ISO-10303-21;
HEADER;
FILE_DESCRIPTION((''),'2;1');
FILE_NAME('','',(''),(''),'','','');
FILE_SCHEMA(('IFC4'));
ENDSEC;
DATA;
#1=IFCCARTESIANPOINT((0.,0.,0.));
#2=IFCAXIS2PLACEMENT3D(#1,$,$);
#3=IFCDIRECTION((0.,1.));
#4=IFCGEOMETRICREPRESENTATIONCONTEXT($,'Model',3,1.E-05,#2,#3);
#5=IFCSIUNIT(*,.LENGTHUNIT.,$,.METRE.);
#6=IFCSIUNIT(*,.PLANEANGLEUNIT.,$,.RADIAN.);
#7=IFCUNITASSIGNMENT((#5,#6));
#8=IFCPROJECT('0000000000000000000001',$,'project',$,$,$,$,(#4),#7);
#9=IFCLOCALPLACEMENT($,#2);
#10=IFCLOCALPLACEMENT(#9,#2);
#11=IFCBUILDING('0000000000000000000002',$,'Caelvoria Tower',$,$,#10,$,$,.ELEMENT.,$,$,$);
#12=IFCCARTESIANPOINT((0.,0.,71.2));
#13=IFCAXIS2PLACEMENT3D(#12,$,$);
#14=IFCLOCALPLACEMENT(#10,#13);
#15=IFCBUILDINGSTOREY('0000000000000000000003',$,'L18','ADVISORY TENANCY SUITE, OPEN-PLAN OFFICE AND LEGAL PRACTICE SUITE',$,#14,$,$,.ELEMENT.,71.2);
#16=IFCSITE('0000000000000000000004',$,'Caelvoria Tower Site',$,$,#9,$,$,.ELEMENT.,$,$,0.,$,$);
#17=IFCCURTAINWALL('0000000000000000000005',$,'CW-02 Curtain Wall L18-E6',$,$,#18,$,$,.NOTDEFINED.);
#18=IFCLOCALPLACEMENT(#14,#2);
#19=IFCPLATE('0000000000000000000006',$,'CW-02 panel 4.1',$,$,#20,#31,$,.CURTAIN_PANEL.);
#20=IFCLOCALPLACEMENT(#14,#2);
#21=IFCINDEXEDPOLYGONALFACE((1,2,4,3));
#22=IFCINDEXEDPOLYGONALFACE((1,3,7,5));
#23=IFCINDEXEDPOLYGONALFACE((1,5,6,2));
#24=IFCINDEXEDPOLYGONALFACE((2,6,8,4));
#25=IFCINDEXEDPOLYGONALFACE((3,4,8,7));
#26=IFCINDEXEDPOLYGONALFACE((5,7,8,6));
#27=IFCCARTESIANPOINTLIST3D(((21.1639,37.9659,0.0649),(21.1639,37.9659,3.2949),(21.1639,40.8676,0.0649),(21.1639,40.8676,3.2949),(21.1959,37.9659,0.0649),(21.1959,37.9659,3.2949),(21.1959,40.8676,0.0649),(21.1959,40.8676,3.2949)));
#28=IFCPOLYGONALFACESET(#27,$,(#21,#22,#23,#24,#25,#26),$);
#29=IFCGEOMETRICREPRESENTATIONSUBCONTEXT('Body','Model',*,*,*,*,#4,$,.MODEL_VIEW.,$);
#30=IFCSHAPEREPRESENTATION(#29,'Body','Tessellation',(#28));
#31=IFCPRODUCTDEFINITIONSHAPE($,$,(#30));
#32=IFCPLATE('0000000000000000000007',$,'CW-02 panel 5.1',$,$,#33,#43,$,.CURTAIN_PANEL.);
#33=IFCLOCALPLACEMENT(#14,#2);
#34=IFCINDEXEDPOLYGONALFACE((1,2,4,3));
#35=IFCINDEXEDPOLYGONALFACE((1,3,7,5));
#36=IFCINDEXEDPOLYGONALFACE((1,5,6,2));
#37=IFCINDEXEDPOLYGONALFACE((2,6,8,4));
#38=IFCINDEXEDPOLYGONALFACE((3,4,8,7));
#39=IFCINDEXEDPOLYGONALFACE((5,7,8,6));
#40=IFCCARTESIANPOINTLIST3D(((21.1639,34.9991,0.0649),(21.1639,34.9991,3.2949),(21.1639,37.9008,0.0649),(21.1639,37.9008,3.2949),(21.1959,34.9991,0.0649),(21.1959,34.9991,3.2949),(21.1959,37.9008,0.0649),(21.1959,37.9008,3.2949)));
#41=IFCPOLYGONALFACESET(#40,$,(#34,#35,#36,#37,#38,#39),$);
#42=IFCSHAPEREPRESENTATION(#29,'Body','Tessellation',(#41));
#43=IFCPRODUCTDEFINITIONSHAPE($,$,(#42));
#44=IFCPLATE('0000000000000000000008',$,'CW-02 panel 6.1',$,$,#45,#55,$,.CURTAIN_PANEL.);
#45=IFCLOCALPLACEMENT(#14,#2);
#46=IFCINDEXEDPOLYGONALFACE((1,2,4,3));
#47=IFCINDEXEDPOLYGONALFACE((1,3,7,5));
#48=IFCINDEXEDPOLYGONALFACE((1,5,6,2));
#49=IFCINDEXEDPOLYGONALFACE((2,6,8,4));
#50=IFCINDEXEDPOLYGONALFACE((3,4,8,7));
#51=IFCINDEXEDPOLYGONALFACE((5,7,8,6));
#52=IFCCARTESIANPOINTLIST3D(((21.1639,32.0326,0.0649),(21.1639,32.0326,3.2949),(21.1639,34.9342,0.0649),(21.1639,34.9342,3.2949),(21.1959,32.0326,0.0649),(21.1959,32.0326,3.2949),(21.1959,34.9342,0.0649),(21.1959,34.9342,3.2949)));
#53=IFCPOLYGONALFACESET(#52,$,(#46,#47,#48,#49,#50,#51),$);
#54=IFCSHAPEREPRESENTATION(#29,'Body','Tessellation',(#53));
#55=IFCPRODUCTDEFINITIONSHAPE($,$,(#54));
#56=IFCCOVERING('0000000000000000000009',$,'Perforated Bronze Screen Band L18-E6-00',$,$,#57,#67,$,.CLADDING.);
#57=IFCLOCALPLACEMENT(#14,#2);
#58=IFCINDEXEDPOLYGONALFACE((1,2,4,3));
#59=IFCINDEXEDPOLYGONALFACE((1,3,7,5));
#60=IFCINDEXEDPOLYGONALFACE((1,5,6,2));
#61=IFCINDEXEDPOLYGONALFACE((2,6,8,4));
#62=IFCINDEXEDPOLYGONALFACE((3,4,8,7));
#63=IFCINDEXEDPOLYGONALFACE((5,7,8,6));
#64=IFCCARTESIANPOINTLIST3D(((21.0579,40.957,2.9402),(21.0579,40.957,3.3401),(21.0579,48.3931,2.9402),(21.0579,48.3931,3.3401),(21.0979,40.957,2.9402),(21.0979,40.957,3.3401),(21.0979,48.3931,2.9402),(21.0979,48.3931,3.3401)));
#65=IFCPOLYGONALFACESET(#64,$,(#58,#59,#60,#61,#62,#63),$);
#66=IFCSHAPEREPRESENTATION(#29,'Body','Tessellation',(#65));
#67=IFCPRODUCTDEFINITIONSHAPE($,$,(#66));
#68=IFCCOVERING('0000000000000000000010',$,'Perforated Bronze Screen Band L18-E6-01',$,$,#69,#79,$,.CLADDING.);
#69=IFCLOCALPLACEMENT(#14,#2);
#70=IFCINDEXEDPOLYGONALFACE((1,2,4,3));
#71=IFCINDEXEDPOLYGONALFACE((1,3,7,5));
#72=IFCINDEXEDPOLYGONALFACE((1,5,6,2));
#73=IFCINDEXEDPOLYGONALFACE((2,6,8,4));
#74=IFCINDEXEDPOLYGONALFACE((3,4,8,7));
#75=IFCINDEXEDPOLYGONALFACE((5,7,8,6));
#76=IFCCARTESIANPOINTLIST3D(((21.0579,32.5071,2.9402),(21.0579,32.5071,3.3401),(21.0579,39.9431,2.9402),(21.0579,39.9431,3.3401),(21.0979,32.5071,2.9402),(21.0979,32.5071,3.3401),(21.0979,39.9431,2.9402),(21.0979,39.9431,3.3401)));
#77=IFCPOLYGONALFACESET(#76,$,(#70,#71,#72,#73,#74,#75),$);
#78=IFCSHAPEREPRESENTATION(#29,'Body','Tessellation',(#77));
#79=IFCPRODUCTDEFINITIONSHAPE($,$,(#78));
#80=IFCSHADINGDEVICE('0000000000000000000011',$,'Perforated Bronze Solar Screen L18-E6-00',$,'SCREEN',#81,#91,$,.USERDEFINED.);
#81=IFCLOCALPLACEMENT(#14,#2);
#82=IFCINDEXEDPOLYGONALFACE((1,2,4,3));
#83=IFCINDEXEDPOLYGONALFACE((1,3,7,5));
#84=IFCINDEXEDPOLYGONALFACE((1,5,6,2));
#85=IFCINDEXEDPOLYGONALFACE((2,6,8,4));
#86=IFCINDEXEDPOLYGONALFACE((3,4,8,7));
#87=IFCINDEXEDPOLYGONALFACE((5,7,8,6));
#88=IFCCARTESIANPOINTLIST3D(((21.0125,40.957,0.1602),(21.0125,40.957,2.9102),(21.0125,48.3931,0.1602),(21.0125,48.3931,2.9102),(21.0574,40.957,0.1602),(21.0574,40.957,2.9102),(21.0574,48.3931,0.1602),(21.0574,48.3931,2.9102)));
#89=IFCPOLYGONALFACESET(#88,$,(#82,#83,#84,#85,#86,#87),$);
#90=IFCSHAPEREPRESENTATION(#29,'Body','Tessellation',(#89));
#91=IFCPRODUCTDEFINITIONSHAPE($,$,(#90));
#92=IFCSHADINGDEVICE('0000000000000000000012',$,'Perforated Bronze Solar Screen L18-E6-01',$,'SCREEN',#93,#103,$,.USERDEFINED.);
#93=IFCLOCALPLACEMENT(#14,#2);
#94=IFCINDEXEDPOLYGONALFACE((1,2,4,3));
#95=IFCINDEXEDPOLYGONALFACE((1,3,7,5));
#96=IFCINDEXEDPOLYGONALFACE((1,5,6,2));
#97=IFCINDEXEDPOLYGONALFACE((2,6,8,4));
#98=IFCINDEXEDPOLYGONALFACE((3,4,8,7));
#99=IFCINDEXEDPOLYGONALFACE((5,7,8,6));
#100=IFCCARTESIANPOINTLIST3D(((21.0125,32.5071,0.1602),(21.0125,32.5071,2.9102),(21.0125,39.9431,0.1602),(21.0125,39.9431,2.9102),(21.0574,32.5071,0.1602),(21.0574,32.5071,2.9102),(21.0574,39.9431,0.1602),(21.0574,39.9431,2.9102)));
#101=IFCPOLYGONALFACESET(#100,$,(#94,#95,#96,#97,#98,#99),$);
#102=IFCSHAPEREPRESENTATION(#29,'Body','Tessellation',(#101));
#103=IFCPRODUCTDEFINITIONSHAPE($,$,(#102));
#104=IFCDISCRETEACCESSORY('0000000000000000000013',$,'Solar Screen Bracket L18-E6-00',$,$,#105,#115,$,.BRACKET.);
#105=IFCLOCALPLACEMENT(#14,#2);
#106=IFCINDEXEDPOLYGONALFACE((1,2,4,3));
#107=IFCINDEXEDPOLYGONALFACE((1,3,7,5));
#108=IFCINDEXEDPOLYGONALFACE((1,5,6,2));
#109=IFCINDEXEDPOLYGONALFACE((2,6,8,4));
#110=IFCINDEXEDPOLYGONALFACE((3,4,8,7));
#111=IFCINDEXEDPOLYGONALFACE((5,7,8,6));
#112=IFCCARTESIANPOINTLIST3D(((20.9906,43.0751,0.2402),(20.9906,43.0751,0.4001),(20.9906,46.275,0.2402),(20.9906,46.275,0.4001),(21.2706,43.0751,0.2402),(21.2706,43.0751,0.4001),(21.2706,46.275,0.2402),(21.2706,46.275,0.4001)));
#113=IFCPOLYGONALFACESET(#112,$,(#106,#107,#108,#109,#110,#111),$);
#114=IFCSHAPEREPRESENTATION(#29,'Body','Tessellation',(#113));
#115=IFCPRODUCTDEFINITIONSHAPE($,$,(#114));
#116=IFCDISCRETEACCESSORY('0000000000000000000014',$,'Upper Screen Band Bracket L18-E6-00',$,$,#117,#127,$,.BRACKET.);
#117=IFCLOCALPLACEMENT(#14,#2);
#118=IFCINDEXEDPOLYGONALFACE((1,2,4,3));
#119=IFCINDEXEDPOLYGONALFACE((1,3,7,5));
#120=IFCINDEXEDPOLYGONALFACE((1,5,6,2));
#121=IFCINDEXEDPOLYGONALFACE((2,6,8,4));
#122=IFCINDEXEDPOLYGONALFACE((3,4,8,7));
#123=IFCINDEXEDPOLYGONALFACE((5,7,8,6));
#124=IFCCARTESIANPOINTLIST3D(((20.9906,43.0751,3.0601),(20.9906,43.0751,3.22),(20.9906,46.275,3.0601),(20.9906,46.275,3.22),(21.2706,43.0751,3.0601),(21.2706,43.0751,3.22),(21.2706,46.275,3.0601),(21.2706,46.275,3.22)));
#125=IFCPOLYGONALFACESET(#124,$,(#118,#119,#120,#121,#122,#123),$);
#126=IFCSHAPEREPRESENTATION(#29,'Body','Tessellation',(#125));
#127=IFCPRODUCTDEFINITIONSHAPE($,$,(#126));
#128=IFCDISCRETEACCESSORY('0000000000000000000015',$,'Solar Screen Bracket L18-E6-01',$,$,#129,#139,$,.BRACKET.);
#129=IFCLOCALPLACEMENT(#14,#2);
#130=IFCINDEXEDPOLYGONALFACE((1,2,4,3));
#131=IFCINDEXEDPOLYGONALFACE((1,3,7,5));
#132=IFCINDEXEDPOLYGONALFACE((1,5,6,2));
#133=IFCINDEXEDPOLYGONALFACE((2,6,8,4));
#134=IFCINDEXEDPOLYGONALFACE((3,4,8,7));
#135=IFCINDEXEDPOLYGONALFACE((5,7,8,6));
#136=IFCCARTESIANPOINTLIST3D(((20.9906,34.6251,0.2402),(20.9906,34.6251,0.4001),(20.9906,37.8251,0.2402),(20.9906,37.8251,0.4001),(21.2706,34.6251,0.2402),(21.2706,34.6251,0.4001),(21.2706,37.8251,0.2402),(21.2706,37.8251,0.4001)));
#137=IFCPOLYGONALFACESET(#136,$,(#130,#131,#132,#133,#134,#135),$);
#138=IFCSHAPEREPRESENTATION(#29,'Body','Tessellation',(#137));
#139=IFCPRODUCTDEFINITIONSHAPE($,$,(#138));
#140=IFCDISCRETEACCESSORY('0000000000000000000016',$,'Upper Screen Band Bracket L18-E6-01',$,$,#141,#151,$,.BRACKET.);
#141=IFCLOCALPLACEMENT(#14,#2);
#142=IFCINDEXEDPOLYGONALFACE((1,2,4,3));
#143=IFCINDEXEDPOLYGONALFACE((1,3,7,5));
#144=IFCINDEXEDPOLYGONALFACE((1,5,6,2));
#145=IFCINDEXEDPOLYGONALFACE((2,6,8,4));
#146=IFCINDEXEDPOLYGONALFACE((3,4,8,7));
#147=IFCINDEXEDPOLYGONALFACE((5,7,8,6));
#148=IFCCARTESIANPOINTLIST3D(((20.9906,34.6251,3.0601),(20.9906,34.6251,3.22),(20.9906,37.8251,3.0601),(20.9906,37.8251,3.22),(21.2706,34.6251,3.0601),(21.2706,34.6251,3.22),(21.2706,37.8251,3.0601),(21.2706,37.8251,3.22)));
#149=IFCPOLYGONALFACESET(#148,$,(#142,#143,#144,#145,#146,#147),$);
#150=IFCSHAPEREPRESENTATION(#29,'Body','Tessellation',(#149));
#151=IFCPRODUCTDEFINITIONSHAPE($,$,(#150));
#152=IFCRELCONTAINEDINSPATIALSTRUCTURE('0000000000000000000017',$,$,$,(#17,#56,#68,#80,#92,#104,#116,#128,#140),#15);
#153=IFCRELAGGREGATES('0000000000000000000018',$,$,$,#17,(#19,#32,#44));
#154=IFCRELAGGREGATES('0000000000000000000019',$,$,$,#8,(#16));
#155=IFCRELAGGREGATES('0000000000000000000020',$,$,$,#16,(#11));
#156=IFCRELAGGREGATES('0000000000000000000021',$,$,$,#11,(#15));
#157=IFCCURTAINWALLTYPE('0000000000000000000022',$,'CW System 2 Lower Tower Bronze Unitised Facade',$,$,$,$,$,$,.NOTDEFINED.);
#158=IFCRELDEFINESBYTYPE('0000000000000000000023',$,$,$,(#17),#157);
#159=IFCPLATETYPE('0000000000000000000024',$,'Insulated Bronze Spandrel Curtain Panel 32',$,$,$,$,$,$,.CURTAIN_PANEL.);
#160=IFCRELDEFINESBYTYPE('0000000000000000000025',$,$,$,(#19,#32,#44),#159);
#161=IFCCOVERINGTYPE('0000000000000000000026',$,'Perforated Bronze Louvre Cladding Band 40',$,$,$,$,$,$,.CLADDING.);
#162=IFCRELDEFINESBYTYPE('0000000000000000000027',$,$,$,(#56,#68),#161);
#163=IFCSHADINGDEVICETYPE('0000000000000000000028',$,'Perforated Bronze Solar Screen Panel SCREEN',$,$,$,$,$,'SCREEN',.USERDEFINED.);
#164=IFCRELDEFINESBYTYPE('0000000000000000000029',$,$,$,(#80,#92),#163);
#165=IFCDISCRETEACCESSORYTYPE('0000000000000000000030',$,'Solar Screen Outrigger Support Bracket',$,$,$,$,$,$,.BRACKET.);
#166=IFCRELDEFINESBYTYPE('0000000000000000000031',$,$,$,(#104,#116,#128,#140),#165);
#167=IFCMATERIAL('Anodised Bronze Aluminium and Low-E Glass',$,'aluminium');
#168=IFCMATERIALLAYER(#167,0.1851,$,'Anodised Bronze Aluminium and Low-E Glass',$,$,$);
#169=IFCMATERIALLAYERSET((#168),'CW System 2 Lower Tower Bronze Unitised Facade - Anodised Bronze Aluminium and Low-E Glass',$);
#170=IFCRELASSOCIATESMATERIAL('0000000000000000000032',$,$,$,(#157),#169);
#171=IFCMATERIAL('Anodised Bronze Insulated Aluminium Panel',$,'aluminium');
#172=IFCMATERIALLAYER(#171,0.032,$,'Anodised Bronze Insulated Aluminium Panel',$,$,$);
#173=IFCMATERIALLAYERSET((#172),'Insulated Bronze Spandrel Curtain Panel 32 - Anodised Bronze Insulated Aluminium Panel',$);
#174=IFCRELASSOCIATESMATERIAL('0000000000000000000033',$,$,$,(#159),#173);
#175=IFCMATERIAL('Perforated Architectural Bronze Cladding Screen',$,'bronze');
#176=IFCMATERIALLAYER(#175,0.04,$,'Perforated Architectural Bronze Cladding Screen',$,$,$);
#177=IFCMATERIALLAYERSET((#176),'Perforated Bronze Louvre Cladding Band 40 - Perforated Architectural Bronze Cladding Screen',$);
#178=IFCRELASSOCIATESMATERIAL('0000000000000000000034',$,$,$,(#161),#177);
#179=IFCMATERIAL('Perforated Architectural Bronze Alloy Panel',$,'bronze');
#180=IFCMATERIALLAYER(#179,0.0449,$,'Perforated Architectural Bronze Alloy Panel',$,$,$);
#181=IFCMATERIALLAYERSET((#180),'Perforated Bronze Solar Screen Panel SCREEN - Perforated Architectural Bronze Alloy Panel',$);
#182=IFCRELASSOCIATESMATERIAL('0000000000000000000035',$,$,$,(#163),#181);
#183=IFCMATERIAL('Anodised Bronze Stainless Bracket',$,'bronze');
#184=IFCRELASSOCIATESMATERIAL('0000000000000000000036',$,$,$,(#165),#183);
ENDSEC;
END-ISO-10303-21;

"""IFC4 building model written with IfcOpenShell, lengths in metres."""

from ifc_helpers import new_model, si_unit, direction, frame, origin, origin_2d, place, context, subcontext, project, spatial, rectangle, extrude, material, layer, layer_set, type_object, element, aggregate, save


model = new_model("IFC4")

# Units and contexts
model_context = context("Model", 3, precision=1e-05, world=origin(), true_north=direction((0.0, 1.0)))
body_context = subcontext(model_context, "Body", "Model", "MODEL_VIEW")
ifc_project = project(units=[si_unit("LENGTHUNIT", "METRE"), si_unit("PLANEANGLEUNIT", "RADIAN")], contexts=[model_context])

# Site, building, storey
site_placement = place(None, origin())
site = spatial("IfcSite", under=ifc_project, at=site_placement, Name="Caelvoria Tower Site", CompositionType="ELEMENT", RefElevation=0.0)
building_placement = place(site_placement, origin())
building = spatial("IfcBuilding", under=site, at=building_placement, Name="Caelvoria Tower", CompositionType="ELEMENT")
storey_placement = place(building_placement, frame((0.0, 0.0, 71.2)))
storey = spatial("IfcBuildingStorey", under=building, at=storey_placement, Name="L18", Description="ADVISORY TENANCY SUITE, OPEN-PLAN OFFICE AND LEGAL PRACTICE SUITE", CompositionType="ELEMENT", Elevation=71.2)

# Curtain wall
ifc_material_1 = material(Name="Anodised Bronze Aluminium and Low-E Glass", Category="aluminium")
ifc_layer_1 = layer(ifc_material_1, 0.1851, Name="Anodised Bronze Aluminium and Low-E Glass")
ifc_layer_set_1 = layer_set([ifc_layer_1], Name="CW System 2 Lower Tower Bronze Unitised Facade - Anodised Bronze Aluminium and Low-E Glass")
curtain_wall_type = type_object("IfcCurtainWallType", Name="CW System 2 Lower Tower Bronze Unitised Facade", PredefinedType="NOTDEFINED", material=ifc_layer_set_1)
curtain_wall_placement = place(storey_placement, origin())
curtain_wall = element("IfcCurtainWall", 1, at=curtain_wall_placement, inside=storey, type_object=curtain_wall_type, Name="CW-02 Curtain Wall L18-E6", PredefinedType="NOTDEFINED")

# Plates
ifc_material_2 = material(Name="Anodised Bronze Insulated Aluminium Panel", Category="aluminium")
ifc_layer_2 = layer(ifc_material_2, 0.032, Name="Anodised Bronze Insulated Aluminium Panel")
ifc_layer_set_2 = layer_set([ifc_layer_2], Name="Insulated Bronze Spandrel Curtain Panel 32 - Anodised Bronze Insulated Aluminium Panel")
plate_type = type_object("IfcPlateType", Name="Insulated Bronze Spandrel Curtain Panel 32", PredefinedType="CURTAIN_PANEL", material=ifc_layer_set_2)
plate_1_placement = place(storey_placement, frame((21.1799, 39.4167, 0.0649), z_axis=(0.0, 0.0, 1.0), x_axis=(0.0, -1.0, 0.0)))
plate_1 = element("IfcPlate", 2, at=plate_1_placement, type_object=plate_type, Name="CW-02 panel 4.1", PredefinedType="CURTAIN_PANEL", context=body_context, shape_type="SweptSolid", body=[
    extrude(rectangle(XDim=2.9016, YDim=0.032, at=origin_2d()), origin(), (0.0, 0.0, 1.0), 3.23),
])
plate_2_placement = place(storey_placement, frame((21.1799, 36.45, 0.0649), z_axis=(0.0, 0.0, 1.0), x_axis=(0.0, -1.0, 0.0)))
plate_2 = element("IfcPlate", 3, at=plate_2_placement, type_object=plate_type, Name="CW-02 panel 5.1", PredefinedType="CURTAIN_PANEL", context=body_context, shape_type="SweptSolid", body=[
    extrude(rectangle(XDim=2.9016, YDim=0.032, at=origin_2d()), origin(), (0.0, 0.0, 1.0), 3.23),
])
plate_3_placement = place(storey_placement, frame((21.1799, 33.4834, 0.0649), z_axis=(0.0, 0.0, 1.0), x_axis=(0.0, -1.0, 0.0)))
plate_3 = element("IfcPlate", 4, at=plate_3_placement, type_object=plate_type, Name="CW-02 panel 6.1", PredefinedType="CURTAIN_PANEL", context=body_context, shape_type="SweptSolid", body=[
    extrude(rectangle(XDim=2.9016, YDim=0.032, at=origin_2d()), origin(), (0.0, 0.0, 1.0), 3.23),
])
aggregate(curtain_wall, [plate_1, plate_2, plate_3])

# Coverings
ifc_material_3 = material(Name="Perforated Architectural Bronze Cladding Screen", Category="bronze")
ifc_layer_3 = layer(ifc_material_3, 0.04, Name="Perforated Architectural Bronze Cladding Screen")
ifc_layer_set_3 = layer_set([ifc_layer_3], Name="Perforated Bronze Louvre Cladding Band 40 - Perforated Architectural Bronze Cladding Screen")
covering_type = type_object("IfcCoveringType", Name="Perforated Bronze Louvre Cladding Band 40", PredefinedType="CLADDING", material=ifc_layer_set_3)
for number, where, z_axis, x_axis, name in (
    (5, (21.0779, 44.675, 2.9402), (0.0, 0.0, 1.0), (0.0, -1.0, 0.0), "Perforated Bronze Screen Band L18-E6-00"),
    (6, (21.0779, 36.2251, 2.9402), (0.0, 0.0, 1.0), (0.0, -1.0, 0.0), "Perforated Bronze Screen Band L18-E6-01"),
):
    element("IfcCovering", number, at=place(storey_placement, frame(where, z_axis=z_axis, x_axis=x_axis)), inside=storey, type_object=covering_type, Name=name, PredefinedType="CLADDING", context=body_context, shape_type="SweptSolid", body=[
        extrude(rectangle(XDim=7.436, YDim=0.04, at=origin_2d()), origin(), (0.0, 0.0, 1.0), 0.3999),
    ])

# Shading devices
ifc_material_4 = material(Name="Perforated Architectural Bronze Alloy Panel", Category="bronze")
ifc_layer_4 = layer(ifc_material_4, 0.0449, Name="Perforated Architectural Bronze Alloy Panel")
ifc_layer_set_4 = layer_set([ifc_layer_4], Name="Perforated Bronze Solar Screen Panel SCREEN - Perforated Architectural Bronze Alloy Panel")
shading_device_type = type_object("IfcShadingDeviceType", Name="Perforated Bronze Solar Screen Panel SCREEN", ElementType="SCREEN", PredefinedType="USERDEFINED", material=ifc_layer_set_4)
for number, where, z_axis, x_axis, name in (
    (7, (21.0349, 44.675, 0.1602), (0.0, 0.0, 1.0), (0.0, -1.0, 0.0), "Perforated Bronze Solar Screen L18-E6-00"),
    (8, (21.0349, 36.2251, 0.1602), (0.0, 0.0, 1.0), (0.0, -1.0, 0.0), "Perforated Bronze Solar Screen L18-E6-01"),
):
    element("IfcShadingDevice", number, at=place(storey_placement, frame(where, z_axis=z_axis, x_axis=x_axis)), inside=storey, type_object=shading_device_type, Name=name, ObjectType="SCREEN", PredefinedType="USERDEFINED", context=body_context, shape_type="SweptSolid", body=[
        extrude(rectangle(XDim=7.436, YDim=0.0449, at=origin_2d()), origin(), (0.0, 0.0, 1.0), 2.75),
    ])

# Discrete accessories
ifc_material_5 = material(Name="Anodised Bronze Stainless Bracket", Category="bronze")
discrete_accessory_type = type_object("IfcDiscreteAccessoryType", Name="Solar Screen Outrigger Support Bracket", PredefinedType="BRACKET", material=ifc_material_5)
for number, where, z_axis, x_axis, name in (
    (9, (21.1306, 44.675, 0.2402), (0.0, 0.0, 1.0), (0.0, -1.0, 0.0), "Solar Screen Bracket L18-E6-00"),
    (10, (21.1306, 44.675, 3.0601), (0.0, 0.0, 1.0), (0.0, -1.0, 0.0), "Upper Screen Band Bracket L18-E6-00"),
    (11, (21.1306, 36.2251, 0.2402), (0.0, 0.0, 1.0), (0.0, -1.0, 0.0), "Solar Screen Bracket L18-E6-01"),
    (12, (21.1306, 36.2251, 3.0601), (0.0, 0.0, 1.0), (0.0, -1.0, 0.0), "Upper Screen Band Bracket L18-E6-01"),
):
    element("IfcDiscreteAccessory", number, at=place(storey_placement, frame(where, z_axis=z_axis, x_axis=x_axis)), inside=storey, type_object=discrete_accessory_type, Name=name, PredefinedType="BRACKET", context=body_context, shape_type="SweptSolid", body=[
        extrude(rectangle(XDim=3.2, YDim=0.28, at=origin_2d()), origin(), (0.0, 0.0, 1.0), 0.1599),
    ])

save(model, "model.ifc")
